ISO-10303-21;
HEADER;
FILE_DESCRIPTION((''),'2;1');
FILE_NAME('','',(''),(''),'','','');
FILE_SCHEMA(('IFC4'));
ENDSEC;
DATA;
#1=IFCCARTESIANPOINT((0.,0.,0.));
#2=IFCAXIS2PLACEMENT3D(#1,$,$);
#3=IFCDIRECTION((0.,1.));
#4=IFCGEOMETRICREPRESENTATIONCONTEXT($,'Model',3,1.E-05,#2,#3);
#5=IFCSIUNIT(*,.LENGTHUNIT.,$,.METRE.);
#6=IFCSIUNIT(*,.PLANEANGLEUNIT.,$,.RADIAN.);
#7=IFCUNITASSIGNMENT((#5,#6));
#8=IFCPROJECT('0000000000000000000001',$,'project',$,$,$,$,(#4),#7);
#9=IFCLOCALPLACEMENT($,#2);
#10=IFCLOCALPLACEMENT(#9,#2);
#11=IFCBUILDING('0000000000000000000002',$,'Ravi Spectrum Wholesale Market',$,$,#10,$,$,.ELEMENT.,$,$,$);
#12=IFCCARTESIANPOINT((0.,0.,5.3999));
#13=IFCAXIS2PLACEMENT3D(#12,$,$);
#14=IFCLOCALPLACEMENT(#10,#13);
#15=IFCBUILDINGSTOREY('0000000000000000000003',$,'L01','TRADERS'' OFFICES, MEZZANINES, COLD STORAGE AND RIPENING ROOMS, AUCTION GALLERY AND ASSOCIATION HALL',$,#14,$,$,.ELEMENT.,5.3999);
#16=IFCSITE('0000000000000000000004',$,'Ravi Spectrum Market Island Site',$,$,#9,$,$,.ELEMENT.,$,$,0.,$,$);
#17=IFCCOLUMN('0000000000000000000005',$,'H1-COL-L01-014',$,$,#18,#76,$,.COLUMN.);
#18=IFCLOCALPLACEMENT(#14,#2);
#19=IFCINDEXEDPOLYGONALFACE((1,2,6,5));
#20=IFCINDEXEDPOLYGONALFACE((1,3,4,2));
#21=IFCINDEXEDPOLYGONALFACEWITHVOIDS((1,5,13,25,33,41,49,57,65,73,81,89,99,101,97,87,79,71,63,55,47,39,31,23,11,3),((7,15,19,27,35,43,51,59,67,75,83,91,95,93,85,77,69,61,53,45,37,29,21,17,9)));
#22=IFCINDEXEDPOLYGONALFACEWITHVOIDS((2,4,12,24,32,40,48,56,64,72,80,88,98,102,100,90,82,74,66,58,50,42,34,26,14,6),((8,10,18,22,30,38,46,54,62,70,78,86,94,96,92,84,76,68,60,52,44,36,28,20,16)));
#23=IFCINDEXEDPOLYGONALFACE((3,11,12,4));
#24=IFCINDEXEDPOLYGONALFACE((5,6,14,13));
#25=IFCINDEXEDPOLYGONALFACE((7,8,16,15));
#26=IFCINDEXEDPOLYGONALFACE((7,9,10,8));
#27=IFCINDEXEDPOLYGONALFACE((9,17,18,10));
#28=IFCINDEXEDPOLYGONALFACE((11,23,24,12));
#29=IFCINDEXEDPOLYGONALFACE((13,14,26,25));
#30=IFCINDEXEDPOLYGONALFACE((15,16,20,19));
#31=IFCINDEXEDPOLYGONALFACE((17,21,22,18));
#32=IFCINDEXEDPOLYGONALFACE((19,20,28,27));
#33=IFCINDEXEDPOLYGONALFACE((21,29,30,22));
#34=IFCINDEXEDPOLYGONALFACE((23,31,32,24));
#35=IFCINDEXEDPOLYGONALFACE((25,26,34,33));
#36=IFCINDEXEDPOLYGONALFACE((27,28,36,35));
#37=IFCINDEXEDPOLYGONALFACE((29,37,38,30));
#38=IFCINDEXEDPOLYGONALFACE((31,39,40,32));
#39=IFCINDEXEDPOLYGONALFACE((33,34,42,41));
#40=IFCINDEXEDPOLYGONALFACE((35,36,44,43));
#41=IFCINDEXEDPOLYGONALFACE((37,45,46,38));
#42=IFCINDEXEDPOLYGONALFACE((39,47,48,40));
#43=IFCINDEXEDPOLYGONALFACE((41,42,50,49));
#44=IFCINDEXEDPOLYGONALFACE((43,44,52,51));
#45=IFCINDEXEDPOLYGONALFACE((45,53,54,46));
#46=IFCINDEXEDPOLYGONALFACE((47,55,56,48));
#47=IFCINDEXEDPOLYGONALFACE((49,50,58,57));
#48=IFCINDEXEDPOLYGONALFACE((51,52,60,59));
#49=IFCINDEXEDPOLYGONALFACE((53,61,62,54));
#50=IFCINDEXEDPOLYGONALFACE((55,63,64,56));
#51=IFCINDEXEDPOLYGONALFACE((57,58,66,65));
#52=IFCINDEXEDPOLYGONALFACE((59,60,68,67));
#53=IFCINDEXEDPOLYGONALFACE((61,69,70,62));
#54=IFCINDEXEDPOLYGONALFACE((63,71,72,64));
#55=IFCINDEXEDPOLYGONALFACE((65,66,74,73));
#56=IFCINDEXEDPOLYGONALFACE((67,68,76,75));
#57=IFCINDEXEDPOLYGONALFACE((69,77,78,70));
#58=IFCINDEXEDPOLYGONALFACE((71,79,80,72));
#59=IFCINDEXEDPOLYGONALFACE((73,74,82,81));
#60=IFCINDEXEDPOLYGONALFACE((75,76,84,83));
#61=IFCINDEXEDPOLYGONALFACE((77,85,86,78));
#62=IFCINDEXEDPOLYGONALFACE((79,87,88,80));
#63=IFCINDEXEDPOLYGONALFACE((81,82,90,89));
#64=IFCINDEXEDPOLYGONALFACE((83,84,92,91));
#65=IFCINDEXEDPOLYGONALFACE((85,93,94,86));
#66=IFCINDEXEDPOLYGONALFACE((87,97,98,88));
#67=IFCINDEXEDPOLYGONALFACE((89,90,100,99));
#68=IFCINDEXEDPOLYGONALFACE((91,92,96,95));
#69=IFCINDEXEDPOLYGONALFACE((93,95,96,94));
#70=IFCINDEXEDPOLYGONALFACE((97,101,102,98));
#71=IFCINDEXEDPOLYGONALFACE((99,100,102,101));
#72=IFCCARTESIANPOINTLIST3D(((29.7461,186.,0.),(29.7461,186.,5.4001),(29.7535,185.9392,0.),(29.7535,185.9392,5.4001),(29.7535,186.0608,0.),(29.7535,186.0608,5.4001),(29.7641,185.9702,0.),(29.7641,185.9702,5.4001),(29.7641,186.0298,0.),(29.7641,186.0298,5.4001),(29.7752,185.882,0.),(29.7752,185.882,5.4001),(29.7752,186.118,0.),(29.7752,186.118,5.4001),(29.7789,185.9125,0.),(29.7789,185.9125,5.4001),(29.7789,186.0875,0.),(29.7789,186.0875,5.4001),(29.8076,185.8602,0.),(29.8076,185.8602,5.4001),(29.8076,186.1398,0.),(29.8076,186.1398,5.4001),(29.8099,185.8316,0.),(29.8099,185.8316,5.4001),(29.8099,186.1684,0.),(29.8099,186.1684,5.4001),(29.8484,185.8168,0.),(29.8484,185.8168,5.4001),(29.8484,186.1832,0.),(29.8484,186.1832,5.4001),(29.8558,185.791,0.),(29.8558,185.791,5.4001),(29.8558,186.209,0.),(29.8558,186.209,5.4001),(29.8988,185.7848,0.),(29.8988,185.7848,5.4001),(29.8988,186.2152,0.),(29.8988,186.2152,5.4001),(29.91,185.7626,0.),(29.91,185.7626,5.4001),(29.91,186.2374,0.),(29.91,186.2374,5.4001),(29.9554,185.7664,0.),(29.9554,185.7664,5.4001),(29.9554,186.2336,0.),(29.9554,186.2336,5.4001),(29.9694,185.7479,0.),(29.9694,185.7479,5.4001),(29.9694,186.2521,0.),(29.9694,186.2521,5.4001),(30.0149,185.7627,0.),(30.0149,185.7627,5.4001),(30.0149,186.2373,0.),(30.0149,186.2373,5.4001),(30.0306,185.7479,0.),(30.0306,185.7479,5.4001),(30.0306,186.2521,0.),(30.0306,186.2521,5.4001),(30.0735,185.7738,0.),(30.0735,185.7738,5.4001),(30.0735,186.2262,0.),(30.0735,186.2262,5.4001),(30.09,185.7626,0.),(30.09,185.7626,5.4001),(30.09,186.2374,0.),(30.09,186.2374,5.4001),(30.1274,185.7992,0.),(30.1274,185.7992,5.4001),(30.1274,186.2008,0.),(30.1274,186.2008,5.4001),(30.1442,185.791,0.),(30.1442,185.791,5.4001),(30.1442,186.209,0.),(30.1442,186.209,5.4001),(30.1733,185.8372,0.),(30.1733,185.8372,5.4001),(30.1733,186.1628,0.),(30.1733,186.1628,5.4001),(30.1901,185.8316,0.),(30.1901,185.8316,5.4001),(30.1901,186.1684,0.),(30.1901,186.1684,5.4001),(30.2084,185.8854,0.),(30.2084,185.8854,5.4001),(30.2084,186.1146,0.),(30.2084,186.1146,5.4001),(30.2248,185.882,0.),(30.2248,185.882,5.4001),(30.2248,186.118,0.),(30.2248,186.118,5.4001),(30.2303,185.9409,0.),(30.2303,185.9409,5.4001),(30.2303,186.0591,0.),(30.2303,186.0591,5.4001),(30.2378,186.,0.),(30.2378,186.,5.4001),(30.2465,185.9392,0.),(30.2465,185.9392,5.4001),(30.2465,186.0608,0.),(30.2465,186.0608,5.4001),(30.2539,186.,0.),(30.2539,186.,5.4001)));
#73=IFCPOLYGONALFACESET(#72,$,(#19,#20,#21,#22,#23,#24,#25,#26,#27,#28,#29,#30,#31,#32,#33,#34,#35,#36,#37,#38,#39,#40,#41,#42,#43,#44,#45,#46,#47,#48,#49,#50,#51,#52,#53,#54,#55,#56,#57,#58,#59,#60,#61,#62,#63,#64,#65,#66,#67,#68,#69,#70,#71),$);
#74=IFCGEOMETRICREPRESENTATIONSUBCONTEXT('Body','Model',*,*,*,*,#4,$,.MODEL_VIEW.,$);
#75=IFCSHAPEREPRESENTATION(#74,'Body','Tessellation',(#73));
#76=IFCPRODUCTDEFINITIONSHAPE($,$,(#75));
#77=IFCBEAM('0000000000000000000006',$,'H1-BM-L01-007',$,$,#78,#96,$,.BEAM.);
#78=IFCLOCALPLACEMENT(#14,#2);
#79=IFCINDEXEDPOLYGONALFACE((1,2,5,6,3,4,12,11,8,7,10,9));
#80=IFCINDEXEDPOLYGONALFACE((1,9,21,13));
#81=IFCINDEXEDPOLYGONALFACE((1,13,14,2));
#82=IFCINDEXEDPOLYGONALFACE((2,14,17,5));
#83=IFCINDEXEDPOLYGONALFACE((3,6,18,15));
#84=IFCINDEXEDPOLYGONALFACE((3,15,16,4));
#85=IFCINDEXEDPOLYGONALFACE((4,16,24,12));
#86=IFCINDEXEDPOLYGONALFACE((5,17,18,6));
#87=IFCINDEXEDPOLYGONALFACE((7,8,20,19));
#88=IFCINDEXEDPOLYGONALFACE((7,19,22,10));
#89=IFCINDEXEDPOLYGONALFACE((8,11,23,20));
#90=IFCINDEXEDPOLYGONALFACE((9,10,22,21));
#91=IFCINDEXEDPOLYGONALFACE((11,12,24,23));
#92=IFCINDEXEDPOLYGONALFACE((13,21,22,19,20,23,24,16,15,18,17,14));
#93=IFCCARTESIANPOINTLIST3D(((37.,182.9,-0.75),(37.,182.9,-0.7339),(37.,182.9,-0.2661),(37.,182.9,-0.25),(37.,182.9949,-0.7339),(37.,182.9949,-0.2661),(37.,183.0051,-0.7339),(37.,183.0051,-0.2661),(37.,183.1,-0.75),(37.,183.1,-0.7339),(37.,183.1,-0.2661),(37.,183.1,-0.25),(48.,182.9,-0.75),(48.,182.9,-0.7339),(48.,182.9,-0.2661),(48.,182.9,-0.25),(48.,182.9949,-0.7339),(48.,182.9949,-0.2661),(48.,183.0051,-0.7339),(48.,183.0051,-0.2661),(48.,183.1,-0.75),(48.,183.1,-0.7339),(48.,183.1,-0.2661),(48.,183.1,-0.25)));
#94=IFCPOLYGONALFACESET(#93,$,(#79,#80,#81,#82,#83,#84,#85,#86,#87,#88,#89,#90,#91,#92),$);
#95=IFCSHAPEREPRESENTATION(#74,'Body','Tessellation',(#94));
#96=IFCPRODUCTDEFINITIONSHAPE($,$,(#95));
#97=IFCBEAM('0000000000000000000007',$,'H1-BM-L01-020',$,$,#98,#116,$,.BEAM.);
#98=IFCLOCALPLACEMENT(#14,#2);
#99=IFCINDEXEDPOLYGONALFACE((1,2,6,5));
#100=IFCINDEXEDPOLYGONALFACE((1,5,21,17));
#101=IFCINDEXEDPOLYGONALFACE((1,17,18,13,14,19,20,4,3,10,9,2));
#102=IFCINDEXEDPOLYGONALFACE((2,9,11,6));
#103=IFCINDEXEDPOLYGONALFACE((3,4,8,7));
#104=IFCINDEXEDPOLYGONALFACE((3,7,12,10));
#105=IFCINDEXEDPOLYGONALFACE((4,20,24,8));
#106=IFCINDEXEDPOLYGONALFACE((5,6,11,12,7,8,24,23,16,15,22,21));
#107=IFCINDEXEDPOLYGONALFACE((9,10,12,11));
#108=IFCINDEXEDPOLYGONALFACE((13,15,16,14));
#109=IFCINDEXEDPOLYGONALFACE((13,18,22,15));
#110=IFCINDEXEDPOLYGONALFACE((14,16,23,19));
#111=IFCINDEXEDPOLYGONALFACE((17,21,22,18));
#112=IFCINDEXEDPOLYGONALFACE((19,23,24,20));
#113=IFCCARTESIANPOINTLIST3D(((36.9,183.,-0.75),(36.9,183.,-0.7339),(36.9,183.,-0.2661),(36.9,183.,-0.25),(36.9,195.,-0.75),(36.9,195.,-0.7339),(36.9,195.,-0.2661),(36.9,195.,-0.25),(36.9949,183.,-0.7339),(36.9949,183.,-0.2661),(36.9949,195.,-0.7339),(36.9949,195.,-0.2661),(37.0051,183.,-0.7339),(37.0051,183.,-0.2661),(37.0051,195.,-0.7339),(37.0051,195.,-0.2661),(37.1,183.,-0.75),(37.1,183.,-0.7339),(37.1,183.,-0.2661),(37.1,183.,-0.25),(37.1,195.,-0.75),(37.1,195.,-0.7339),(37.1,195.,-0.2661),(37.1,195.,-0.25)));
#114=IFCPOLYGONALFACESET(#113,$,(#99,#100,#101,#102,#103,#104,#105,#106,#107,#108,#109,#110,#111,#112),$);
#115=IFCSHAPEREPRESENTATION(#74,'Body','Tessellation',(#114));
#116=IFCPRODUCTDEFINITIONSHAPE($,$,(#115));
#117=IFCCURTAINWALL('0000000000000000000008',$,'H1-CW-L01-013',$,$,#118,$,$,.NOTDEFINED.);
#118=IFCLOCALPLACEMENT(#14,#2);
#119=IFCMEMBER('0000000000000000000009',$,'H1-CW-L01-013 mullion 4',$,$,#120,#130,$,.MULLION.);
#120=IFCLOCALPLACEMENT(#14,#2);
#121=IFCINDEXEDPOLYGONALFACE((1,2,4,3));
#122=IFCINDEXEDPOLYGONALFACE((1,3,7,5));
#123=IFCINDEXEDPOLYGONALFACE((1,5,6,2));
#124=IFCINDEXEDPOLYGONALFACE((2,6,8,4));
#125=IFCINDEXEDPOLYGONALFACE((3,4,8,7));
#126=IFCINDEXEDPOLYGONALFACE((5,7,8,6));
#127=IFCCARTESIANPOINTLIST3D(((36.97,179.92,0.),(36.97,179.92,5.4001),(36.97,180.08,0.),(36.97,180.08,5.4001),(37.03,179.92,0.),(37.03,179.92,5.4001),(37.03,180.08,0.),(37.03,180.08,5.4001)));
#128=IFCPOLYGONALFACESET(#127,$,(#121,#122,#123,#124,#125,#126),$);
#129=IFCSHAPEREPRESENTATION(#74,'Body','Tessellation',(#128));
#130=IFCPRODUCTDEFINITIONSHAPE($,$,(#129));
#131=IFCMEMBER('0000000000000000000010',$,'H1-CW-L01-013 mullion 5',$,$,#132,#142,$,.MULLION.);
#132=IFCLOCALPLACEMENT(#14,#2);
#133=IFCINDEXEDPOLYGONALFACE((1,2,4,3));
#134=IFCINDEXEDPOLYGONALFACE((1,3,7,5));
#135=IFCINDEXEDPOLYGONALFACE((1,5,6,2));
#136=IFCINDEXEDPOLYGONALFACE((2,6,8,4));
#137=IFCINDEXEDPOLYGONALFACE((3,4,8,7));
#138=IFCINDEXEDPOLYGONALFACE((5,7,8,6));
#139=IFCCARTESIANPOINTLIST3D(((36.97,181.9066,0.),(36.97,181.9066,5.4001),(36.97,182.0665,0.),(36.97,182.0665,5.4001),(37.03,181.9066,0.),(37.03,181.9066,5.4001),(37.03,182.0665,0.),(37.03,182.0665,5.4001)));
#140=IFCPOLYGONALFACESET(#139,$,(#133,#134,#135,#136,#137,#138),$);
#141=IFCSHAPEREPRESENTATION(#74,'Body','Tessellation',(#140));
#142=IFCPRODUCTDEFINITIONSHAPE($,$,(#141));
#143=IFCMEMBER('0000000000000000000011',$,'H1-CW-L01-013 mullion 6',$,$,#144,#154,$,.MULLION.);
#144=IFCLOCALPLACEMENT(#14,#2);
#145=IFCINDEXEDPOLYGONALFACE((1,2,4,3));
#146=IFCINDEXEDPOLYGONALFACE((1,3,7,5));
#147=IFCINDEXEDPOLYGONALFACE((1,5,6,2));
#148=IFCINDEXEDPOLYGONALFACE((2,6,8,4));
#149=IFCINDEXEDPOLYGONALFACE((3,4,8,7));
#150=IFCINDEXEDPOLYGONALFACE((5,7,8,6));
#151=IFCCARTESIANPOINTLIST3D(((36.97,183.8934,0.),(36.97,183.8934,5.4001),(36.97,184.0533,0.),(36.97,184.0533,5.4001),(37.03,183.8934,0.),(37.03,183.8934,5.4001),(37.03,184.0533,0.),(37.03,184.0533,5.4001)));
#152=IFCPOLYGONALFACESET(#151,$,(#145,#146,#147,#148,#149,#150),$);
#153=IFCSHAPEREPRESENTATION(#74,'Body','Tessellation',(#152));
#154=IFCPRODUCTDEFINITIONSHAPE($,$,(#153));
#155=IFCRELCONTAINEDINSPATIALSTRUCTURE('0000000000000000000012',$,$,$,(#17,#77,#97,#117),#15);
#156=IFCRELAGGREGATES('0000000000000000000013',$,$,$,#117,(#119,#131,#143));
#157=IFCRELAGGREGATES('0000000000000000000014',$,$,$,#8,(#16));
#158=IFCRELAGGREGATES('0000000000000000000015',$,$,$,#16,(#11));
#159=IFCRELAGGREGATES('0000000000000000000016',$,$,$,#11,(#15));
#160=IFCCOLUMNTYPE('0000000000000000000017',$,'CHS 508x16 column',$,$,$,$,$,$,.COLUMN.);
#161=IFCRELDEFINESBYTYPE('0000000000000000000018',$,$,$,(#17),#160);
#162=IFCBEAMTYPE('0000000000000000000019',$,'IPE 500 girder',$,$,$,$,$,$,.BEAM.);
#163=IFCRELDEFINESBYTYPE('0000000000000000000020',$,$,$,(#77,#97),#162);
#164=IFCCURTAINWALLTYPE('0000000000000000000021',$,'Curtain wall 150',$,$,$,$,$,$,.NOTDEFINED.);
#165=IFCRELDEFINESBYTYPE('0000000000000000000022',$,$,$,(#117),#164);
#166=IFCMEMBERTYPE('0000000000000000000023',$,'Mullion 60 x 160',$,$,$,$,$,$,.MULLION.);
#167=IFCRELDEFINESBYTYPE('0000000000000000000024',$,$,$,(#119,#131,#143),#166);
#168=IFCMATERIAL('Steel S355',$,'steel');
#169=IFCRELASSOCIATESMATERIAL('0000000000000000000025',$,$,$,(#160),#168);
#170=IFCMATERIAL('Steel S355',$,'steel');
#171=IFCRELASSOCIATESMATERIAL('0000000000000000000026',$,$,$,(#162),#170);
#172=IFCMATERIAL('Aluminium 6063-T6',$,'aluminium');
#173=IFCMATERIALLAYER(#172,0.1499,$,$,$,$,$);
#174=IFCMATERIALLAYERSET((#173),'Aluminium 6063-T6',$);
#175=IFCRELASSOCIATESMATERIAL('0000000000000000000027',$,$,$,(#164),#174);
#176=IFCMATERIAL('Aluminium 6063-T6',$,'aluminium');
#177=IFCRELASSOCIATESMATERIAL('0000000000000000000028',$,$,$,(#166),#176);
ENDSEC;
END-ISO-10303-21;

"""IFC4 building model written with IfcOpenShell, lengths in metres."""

from ifc_helpers import new_model, si_unit, direction, frame, origin, origin_2d, place, context, subcontext, project, spatial, rectangle, hollow_circle, i_section, extrude, material, layer, layer_set, material_profile, profile_set, type_object, element, aggregate, save


model = new_model("IFC4")

# Units and contexts
model_context = context("Model", 3, precision=1e-05, world=origin(), true_north=direction((0.0, 1.0)))
body_context = subcontext(model_context, "Body", "Model", "MODEL_VIEW")
ifc_project = project(units=[si_unit("LENGTHUNIT", "METRE"), si_unit("PLANEANGLEUNIT", "RADIAN")], contexts=[model_context])

# Site, building, storey
site_placement = place(None, origin())
site = spatial("IfcSite", under=ifc_project, at=site_placement, Name="Ravi Spectrum Market Island Site", CompositionType="ELEMENT", RefElevation=0.0)
building_placement = place(site_placement, origin())
building = spatial("IfcBuilding", under=site, at=building_placement, Name="Ravi Spectrum Wholesale Market", CompositionType="ELEMENT")
storey_placement = place(building_placement, frame((0.0, 0.0, 5.3999)))
storey = spatial("IfcBuildingStorey", under=building, at=storey_placement, Name="L01", Description="TRADERS' OFFICES, MEZZANINES, COLD STORAGE AND RIPENING ROOMS, AUCTION GALLERY AND ASSOCIATION HALL", CompositionType="ELEMENT", Elevation=5.3999)

# Column
ifc_material_1 = material(Name="Steel S355", Category="steel")
ifc_material_profile_1 = material_profile(ifc_material_1, hollow_circle(Radius=0.2539, WallThickness=0.0161, at=origin_2d()))
ifc_profile_set_1 = profile_set([ifc_material_profile_1], Name="Steel S355")
column_type = type_object("IfcColumnType", Name="CHS 508x16 column", PredefinedType="COLUMN", material=ifc_profile_set_1)
column_placement = place(storey_placement, frame((30.0, 186.0, 0.0), z_axis=(0.0, 0.0, 1.0), x_axis=(1.0, 0.0, 0.0)))
element("IfcColumn", 1, at=column_placement, inside=storey, type_object=column_type, Name="H1-COL-L01-014", PredefinedType="COLUMN", context=body_context, shape_type="SweptSolid", body=[
    extrude(hollow_circle(Radius=0.2539, WallThickness=0.0161, at=origin_2d()), origin(), (0.0, 0.0, 1.0), 5.4001),
])

# Beams
ifc_material_2 = material(Name="Steel S355", Category="steel")
ifc_material_profile_2 = material_profile(ifc_material_2, i_section(OverallWidth=0.2, OverallDepth=0.5, WebThickness=0.0103, FlangeThickness=0.0161, at=origin_2d()))
ifc_profile_set_2 = profile_set([ifc_material_profile_2], Name="Steel S355")
beam_type = type_object("IfcBeamType", Name="IPE 500 girder", PredefinedType="BEAM", material=ifc_profile_set_2)
beam_1_placement = place(storey_placement, frame((37.0, 183.0, -0.5), z_axis=(1.0, 0.0, 0.0), x_axis=(0.0, 1.0, 0.0)))
element("IfcBeam", 2, at=beam_1_placement, inside=storey, type_object=beam_type, Name="H1-BM-L01-007", PredefinedType="BEAM", context=body_context, shape_type="SweptSolid", body=[
    extrude(i_section(OverallWidth=0.2, OverallDepth=0.5, WebThickness=0.0103, FlangeThickness=0.0161, at=origin_2d()), origin(), (0.0, 0.0, 1.0), 11.0),
])
beam_2_placement = place(storey_placement, frame((37.0, 183.0, -0.5), z_axis=(0.0, 1.0, 0.0), x_axis=(-1.0, 0.0, 0.0)))
element("IfcBeam", 3, at=beam_2_placement, inside=storey, type_object=beam_type, Name="H1-BM-L01-020", PredefinedType="BEAM", context=body_context, shape_type="SweptSolid", body=[
    extrude(i_section(OverallWidth=0.2, OverallDepth=0.5, WebThickness=0.0103, FlangeThickness=0.0161, at=origin_2d()), origin(), (0.0, 0.0, 1.0), 12.0),
])

# Curtain wall, members
ifc_material_3 = material(Name="Aluminium 6063-T6", Category="aluminium")
ifc_layer_1 = layer(ifc_material_3, 0.1499)
ifc_layer_set_1 = layer_set([ifc_layer_1], Name="Aluminium 6063-T6")
curtain_wall_type = type_object("IfcCurtainWallType", Name="Curtain wall 150", PredefinedType="NOTDEFINED", material=ifc_layer_set_1)
curtain_wall_placement = place(storey_placement, origin())
curtain_wall = element("IfcCurtainWall", 4, at=curtain_wall_placement, inside=storey, type_object=curtain_wall_type, Name="H1-CW-L01-013", PredefinedType="NOTDEFINED")
ifc_material_4 = material(Name="Aluminium 6063-T6", Category="aluminium")
ifc_material_profile_3 = material_profile(ifc_material_4, rectangle(XDim=0.0601, YDim=0.1599, at=origin_2d()))
ifc_profile_set_3 = profile_set([ifc_material_profile_3], Name="Aluminium 6063-T6")
member_type_1 = type_object("IfcMemberType", Name="Mullion 60 x 160", PredefinedType="MULLION", material=ifc_profile_set_3)
member_1_placement = place(storey_placement, frame((37.0, 180.0, 0.0), z_axis=(0.0, 0.0, 1.0), x_axis=(-1.0, 0.0, 0.0)))
member_1 = element("IfcMember", 5, at=member_1_placement, type_object=member_type_1, Name="H1-CW-L01-013 mullion 4", PredefinedType="MULLION", context=body_context, shape_type="SweptSolid", body=[
    extrude(rectangle(XDim=0.0601, YDim=0.1599, at=origin_2d()), origin(), (0.0, 0.0, 1.0), 5.4001),
])
member_2_placement = place(storey_placement, frame((37.0, 181.9866, 0.0), z_axis=(0.0, 0.0, 1.0), x_axis=(-1.0, 0.0, 0.0)))
member_2 = element("IfcMember", 6, at=member_2_placement, type_object=member_type_1, Name="H1-CW-L01-013 mullion 5", PredefinedType="MULLION", context=body_context, shape_type="SweptSolid", body=[
    extrude(rectangle(XDim=0.0601, YDim=0.1599, at=origin_2d()), origin(), (0.0, 0.0, 1.0), 5.4001),
])
member_3_placement = place(storey_placement, frame((37.0, 183.9734, 0.0), z_axis=(0.0, 0.0, 1.0), x_axis=(-1.0, 0.0, 0.0)))
member_3 = element("IfcMember", 7, at=member_3_placement, type_object=member_type_1, Name="H1-CW-L01-013 mullion 6", PredefinedType="MULLION", context=body_context, shape_type="SweptSolid", body=[
    extrude(rectangle(XDim=0.0601, YDim=0.1599, at=origin_2d()), origin(), (0.0, 0.0, 1.0), 5.4001),
])

aggregate(curtain_wall, [member_1, member_2, member_3])

save(model, "model.ifc")
